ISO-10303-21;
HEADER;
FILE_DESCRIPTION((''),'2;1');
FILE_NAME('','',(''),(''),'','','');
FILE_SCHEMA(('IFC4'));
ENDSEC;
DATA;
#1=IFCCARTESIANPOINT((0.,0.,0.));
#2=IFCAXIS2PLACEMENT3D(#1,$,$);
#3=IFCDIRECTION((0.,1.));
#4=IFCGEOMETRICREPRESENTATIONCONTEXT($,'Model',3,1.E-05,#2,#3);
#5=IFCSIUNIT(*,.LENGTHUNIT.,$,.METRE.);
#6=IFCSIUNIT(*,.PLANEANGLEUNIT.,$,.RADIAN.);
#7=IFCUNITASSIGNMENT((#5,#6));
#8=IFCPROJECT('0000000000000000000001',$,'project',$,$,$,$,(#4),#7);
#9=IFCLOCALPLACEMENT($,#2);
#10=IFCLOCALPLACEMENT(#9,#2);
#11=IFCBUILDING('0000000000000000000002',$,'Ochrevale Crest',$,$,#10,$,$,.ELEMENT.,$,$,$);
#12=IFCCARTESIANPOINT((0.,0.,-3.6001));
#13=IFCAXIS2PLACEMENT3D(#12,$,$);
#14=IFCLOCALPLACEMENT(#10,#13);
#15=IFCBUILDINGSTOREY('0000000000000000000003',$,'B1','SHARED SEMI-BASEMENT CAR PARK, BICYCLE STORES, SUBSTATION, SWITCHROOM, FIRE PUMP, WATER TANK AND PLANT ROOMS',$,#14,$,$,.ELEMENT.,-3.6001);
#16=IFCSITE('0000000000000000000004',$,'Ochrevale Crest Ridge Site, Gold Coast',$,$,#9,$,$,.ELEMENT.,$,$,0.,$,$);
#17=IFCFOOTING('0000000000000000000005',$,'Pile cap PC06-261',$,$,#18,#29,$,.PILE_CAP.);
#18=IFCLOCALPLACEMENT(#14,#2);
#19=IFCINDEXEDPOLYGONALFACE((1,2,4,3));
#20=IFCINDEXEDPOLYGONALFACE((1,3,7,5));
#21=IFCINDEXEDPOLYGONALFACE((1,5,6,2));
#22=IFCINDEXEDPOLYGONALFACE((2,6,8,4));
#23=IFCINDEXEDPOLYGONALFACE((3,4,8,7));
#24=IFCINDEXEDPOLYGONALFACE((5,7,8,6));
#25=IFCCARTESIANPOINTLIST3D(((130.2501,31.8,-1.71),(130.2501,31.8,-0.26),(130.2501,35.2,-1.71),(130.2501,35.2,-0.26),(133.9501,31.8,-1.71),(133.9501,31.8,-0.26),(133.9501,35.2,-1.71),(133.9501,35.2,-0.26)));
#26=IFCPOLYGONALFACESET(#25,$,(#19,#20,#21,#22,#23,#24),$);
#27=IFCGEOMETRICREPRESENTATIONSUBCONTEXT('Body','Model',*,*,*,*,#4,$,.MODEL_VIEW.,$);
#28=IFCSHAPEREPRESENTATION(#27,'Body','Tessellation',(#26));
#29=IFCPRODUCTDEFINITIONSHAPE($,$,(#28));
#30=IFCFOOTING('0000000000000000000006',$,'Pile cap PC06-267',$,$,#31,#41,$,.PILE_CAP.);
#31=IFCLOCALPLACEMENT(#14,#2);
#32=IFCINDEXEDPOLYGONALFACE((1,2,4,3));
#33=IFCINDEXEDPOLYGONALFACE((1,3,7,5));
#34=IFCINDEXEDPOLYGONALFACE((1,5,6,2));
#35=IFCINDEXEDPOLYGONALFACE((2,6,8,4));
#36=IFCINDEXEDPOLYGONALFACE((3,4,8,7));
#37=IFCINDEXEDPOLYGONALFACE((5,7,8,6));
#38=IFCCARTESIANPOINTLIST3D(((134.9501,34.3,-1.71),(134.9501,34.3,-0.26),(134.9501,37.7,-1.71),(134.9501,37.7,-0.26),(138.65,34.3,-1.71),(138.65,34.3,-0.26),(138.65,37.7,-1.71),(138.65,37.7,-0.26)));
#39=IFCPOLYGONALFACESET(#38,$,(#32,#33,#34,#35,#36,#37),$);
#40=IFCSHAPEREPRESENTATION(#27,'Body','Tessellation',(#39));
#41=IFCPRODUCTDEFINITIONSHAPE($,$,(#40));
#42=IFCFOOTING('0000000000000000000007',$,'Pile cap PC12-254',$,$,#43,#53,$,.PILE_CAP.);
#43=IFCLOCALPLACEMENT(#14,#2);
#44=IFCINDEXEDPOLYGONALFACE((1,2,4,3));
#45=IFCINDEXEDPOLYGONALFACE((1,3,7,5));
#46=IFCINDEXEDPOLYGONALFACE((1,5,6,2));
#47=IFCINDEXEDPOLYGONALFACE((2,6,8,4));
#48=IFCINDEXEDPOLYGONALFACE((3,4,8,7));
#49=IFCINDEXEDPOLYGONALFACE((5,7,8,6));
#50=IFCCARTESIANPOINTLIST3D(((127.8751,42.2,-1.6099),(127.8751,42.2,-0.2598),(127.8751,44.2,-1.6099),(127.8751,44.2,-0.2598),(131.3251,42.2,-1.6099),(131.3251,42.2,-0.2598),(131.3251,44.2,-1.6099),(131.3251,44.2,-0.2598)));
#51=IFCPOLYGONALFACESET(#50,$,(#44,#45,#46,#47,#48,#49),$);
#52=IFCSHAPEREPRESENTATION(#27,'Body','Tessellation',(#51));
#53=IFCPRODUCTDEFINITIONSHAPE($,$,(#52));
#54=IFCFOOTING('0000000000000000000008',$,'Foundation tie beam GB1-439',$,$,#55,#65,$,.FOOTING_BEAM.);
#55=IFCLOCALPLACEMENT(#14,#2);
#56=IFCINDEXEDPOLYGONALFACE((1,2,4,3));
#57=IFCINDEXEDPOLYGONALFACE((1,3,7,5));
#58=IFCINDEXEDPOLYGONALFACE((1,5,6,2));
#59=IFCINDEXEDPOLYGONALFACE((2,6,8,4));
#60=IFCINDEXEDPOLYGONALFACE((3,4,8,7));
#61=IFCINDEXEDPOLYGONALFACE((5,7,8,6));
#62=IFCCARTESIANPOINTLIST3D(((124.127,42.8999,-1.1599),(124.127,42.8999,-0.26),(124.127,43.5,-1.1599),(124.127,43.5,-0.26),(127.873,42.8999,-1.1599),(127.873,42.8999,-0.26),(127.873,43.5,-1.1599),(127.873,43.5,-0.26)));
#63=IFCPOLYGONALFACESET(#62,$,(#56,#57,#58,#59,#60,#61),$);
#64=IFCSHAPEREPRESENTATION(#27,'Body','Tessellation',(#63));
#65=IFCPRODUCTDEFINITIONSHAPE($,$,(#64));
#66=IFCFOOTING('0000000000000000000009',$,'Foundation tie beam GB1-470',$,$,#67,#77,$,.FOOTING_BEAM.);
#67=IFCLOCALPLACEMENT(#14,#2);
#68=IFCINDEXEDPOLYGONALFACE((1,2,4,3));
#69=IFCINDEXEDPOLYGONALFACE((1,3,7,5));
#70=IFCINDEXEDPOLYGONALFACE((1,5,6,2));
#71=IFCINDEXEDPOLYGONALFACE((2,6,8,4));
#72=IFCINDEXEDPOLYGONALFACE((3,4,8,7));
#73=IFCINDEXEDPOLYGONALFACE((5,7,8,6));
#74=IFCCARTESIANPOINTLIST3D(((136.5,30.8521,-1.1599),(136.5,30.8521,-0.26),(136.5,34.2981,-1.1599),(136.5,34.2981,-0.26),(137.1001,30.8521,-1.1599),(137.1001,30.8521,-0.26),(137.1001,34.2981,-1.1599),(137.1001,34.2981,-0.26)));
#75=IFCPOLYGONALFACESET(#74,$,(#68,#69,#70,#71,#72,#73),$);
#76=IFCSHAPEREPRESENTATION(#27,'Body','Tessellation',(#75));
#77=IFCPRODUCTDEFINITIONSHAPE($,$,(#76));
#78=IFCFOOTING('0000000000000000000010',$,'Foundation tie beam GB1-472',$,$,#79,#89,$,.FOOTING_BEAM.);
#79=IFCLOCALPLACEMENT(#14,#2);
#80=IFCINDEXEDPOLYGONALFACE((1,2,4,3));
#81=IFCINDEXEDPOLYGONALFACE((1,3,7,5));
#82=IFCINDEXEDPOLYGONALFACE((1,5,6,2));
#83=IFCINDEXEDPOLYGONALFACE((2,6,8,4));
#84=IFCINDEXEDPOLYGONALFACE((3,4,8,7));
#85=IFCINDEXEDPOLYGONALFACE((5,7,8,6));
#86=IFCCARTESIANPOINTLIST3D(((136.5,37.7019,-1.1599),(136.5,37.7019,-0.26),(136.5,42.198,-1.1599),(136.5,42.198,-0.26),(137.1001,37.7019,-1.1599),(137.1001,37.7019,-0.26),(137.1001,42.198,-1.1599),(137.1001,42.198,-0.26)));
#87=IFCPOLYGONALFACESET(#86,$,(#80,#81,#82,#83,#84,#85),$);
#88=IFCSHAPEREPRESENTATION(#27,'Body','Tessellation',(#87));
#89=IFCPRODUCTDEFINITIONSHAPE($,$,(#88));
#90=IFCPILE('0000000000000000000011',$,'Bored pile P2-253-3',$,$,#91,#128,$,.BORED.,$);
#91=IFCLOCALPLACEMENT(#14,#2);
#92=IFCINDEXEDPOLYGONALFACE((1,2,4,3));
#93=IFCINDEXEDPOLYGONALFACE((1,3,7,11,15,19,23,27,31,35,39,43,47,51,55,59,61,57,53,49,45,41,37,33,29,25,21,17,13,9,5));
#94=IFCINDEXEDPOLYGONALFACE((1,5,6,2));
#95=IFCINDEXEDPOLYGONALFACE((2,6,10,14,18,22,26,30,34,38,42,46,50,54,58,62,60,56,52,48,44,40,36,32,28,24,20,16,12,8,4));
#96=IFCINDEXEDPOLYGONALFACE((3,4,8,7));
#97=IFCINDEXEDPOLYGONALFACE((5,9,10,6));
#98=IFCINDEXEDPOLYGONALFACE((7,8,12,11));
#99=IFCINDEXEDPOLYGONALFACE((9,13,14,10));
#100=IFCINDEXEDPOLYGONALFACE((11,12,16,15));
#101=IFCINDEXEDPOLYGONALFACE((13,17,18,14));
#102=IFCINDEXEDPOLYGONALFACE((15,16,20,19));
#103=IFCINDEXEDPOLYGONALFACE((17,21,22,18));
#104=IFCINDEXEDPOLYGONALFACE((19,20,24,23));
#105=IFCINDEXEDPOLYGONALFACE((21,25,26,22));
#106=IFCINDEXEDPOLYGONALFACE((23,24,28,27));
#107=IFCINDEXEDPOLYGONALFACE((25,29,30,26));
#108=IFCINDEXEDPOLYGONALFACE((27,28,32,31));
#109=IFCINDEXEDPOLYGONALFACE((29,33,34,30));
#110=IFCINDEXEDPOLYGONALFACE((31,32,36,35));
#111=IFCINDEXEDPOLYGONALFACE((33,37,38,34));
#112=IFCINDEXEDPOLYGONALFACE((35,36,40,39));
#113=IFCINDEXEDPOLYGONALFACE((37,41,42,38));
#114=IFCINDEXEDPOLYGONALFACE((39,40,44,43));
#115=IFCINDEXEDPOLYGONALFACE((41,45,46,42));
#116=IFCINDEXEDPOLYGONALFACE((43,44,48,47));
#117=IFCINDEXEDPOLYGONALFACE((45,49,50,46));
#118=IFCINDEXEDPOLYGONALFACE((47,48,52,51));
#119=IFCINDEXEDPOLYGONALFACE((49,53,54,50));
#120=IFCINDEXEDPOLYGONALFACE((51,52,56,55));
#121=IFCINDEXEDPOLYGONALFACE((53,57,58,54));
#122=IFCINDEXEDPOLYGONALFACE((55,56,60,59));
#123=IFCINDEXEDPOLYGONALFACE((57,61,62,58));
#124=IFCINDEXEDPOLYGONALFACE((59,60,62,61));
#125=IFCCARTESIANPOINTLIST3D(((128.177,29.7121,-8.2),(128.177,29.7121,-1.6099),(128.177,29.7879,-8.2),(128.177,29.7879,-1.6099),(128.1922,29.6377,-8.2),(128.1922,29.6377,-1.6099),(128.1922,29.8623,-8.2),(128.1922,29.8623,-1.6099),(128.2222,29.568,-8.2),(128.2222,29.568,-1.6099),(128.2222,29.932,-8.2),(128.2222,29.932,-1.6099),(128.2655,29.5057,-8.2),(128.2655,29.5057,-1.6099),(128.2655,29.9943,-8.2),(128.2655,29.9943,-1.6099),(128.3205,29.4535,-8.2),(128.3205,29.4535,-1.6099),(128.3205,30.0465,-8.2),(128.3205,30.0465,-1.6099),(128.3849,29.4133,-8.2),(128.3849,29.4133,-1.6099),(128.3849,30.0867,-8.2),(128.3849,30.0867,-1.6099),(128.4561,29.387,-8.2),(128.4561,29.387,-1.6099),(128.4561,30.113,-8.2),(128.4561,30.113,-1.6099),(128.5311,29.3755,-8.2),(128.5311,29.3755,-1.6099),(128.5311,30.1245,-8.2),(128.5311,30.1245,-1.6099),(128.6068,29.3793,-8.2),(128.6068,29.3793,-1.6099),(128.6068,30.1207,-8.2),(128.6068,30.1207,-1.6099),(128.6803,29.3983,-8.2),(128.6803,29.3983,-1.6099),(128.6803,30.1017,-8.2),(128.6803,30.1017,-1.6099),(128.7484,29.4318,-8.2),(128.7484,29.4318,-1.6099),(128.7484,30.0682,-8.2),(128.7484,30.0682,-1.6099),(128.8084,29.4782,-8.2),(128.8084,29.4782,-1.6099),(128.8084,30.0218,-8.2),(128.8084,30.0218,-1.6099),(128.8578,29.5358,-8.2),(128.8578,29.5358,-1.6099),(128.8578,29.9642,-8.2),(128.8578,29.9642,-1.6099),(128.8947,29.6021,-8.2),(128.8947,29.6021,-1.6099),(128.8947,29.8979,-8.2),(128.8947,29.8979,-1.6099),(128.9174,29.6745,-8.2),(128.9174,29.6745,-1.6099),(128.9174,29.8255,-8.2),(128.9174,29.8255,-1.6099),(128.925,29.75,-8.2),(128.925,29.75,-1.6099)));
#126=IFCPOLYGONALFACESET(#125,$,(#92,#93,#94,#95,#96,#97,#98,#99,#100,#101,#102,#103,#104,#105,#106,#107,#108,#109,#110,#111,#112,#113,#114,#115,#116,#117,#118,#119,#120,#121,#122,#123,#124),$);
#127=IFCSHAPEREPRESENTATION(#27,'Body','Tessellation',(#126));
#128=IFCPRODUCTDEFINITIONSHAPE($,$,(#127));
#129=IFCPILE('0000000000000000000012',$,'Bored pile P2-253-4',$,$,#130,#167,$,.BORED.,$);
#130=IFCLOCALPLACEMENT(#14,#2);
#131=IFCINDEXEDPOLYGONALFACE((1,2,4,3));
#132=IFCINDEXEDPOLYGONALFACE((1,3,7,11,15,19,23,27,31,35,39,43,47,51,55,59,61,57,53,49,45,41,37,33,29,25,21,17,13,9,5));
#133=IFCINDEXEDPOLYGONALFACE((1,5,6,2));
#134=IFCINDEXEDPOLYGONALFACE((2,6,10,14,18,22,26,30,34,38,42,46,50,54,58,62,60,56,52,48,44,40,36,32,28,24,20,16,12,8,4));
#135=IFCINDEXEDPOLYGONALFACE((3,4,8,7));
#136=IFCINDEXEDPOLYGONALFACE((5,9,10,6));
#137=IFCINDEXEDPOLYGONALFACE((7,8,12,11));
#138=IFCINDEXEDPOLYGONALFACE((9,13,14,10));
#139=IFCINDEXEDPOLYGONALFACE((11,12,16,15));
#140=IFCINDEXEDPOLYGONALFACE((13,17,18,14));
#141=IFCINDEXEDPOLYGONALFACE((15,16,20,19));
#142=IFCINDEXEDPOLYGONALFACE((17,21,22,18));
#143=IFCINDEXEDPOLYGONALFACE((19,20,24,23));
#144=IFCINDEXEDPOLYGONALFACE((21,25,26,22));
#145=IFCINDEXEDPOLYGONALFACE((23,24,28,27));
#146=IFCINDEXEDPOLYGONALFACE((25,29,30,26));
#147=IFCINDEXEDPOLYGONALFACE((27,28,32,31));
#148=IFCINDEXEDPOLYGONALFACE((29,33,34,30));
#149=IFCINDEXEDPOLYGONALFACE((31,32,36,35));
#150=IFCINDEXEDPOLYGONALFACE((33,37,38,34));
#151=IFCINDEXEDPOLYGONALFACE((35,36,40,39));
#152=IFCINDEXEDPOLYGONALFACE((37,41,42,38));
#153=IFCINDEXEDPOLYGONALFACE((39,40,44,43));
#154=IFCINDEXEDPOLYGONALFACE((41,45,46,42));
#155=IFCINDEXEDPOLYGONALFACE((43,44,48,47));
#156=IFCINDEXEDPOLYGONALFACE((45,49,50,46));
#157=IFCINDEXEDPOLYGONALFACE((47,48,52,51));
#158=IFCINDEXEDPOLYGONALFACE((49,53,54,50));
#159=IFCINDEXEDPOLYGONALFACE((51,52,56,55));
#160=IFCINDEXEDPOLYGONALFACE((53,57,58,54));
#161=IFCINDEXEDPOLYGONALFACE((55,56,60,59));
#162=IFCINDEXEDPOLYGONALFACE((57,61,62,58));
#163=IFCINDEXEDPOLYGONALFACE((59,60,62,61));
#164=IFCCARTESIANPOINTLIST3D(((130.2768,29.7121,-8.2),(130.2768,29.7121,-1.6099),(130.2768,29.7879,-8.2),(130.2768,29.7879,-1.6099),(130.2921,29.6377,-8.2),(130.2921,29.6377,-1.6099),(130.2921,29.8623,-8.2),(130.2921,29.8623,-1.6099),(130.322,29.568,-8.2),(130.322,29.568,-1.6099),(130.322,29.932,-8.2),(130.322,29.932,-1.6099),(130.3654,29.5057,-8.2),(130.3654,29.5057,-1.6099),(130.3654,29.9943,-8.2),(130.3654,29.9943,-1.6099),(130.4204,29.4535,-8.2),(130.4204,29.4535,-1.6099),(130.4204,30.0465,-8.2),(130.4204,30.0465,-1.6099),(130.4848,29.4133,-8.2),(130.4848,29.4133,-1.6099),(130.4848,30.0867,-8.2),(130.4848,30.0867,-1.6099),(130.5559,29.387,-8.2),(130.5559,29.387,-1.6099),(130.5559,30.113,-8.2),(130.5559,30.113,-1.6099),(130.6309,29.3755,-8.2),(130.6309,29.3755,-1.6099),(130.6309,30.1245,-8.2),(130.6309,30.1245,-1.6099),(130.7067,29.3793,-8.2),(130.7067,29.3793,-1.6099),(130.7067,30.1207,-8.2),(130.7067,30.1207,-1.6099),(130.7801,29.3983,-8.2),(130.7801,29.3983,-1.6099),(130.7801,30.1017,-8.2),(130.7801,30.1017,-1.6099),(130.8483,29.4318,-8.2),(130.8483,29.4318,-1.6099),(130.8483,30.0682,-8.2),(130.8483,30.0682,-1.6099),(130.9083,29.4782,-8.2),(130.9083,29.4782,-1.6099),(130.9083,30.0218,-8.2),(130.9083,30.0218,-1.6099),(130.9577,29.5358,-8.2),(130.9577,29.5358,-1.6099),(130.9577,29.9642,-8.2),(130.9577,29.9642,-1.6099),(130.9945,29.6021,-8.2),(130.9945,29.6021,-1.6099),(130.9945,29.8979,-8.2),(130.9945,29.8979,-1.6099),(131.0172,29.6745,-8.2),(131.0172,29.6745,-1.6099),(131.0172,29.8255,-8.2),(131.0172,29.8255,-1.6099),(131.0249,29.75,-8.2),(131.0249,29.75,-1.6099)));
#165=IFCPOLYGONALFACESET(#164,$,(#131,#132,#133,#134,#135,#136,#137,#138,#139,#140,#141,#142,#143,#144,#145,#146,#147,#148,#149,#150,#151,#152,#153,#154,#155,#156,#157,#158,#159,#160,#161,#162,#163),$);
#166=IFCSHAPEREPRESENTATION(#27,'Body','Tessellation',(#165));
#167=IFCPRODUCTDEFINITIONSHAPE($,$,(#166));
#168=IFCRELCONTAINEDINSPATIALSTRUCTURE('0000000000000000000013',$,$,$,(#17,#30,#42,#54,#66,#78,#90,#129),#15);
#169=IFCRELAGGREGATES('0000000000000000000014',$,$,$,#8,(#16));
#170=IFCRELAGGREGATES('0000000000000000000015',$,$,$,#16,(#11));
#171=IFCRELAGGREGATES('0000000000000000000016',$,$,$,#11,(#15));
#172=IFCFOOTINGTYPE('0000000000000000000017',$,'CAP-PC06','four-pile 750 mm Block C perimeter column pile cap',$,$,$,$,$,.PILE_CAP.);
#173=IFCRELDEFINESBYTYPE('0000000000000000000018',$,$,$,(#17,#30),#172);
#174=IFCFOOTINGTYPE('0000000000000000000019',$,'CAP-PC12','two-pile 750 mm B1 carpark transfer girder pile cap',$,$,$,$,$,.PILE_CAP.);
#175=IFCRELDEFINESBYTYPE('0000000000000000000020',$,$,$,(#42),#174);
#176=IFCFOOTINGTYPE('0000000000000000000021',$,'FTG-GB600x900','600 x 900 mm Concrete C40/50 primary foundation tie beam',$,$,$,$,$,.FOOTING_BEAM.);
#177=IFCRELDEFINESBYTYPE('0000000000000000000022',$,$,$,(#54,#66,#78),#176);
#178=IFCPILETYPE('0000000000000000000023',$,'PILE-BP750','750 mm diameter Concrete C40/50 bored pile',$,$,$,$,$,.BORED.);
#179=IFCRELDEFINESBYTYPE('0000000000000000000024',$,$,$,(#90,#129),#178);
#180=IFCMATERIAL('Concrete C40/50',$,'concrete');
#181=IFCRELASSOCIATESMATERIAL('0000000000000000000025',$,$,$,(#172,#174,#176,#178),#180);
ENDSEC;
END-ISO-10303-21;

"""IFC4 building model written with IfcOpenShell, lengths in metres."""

from ifc_helpers import new_model, si_unit, direction, frame, origin, origin_2d, place, context, subcontext, project, spatial, rectangle, circle, extrude, material, material_profile, profile_set, type_object, element, save


model = new_model("IFC4")

# Units and contexts
model_context = context("Model", 3, precision=1e-05, world=origin(), true_north=direction((0.0, 1.0)))
body_context = subcontext(model_context, "Body", "Model", "MODEL_VIEW")
ifc_project = project(units=[si_unit("LENGTHUNIT", "METRE"), si_unit("PLANEANGLEUNIT", "RADIAN")], contexts=[model_context])

# Site, building, storey
site_placement = place(None, origin())
site = spatial("IfcSite", under=ifc_project, at=site_placement, Name="Ochrevale Crest Ridge Site, Gold Coast", CompositionType="ELEMENT", RefElevation=0.0)
building_placement = place(site_placement, origin())
building = spatial("IfcBuilding", under=site, at=building_placement, Name="Ochrevale Crest", CompositionType="ELEMENT")
storey_placement = place(building_placement, frame((0.0, 0.0, -3.6001)))
storey = spatial("IfcBuildingStorey", under=building, at=storey_placement, Name="B1", Description="SHARED SEMI-BASEMENT CAR PARK, BICYCLE STORES, SUBSTATION, SWITCHROOM, FIRE PUMP, WATER TANK AND PLANT ROOMS", CompositionType="ELEMENT", Elevation=-3.6001)

# Footings
ifc_material_1 = material(Name="Concrete C40/50", Category="concrete")
footing_type_1 = type_object("IfcFootingType", Name="CAP-PC06", Description="four-pile 750 mm Block C perimeter column pile cap", PredefinedType="PILE_CAP", material=ifc_material_1)
for number, where, z_axis, x_axis, name in (
    (1, (132.1001, 33.5, -1.71), (0.0, 0.0, 1.0), (1.0, 0.0, 0.0), "Pile cap PC06-261"),
    (2, (136.8, 36.0, -1.71), (0.0, 0.0, 1.0), (1.0, 0.0, 0.0), "Pile cap PC06-267"),
):
    element("IfcFooting", number, at=place(storey_placement, frame(where, z_axis=z_axis, x_axis=x_axis)), inside=storey, type_object=footing_type_1, Name=name, PredefinedType="PILE_CAP", context=body_context, shape_type="SweptSolid", body=[
        extrude(rectangle(XDim=3.7, YDim=3.3999, at=origin_2d()), origin(), (0.0, 0.0, 1.0), 1.45),
    ])
footing_type_2 = type_object("IfcFootingType", Name="CAP-PC12", Description="two-pile 750 mm B1 carpark transfer girder pile cap", PredefinedType="PILE_CAP", material=ifc_material_1)
footing_1_placement = place(storey_placement, frame((129.6001, 43.2, -1.6099), z_axis=(0.0, 0.0, 1.0), x_axis=(1.0, 0.0, 0.0)))
element("IfcFooting", 3, at=footing_1_placement, inside=storey, type_object=footing_type_2, Name="Pile cap PC12-254", PredefinedType="PILE_CAP", context=body_context, shape_type="SweptSolid", body=[
    extrude(rectangle(XDim=3.45, YDim=2.0, at=origin_2d()), origin(), (0.0, 0.0, 1.0), 1.3501),
])
ifc_material_profile_1 = material_profile(ifc_material_1, rectangle(XDim=0.6001, YDim=0.8999, at=origin_2d()), Name="GB 600x900")
ifc_profile_set_1 = profile_set([ifc_material_profile_1], Name="Concrete C40/50")
footing_type_3 = type_object("IfcFootingType", Name="FTG-GB600x900", Description="600 x 900 mm Concrete C40/50 primary foundation tie beam", PredefinedType="FOOTING_BEAM", material=ifc_profile_set_1)
footing_2_placement = place(storey_placement, frame((124.127, 43.2, -0.71), z_axis=(1.0, 0.0, 0.0), x_axis=(0.0, 1.0, 0.0)))
element("IfcFooting", 4, at=footing_2_placement, inside=storey, type_object=footing_type_3, Name="Foundation tie beam GB1-439", PredefinedType="FOOTING_BEAM", context=body_context, shape_type="SweptSolid", body=[
    extrude(rectangle(XDim=0.6001, YDim=0.8999, at=origin_2d()), origin(), (0.0, 0.0, 1.0), 3.7461),
])
footing_3_placement = place(storey_placement, frame((136.8, 30.8521, -0.71), z_axis=(0.0, 1.0, 0.0), x_axis=(-1.0, 0.0, 0.0)))
element("IfcFooting", 5, at=footing_3_placement, inside=storey, type_object=footing_type_3, Name="Foundation tie beam GB1-470", PredefinedType="FOOTING_BEAM", context=body_context, shape_type="SweptSolid", body=[
    extrude(rectangle(XDim=0.6001, YDim=0.8999, at=origin_2d()), origin(), (0.0, 0.0, 1.0), 3.446),
])
footing_4_placement = place(storey_placement, frame((136.8, 37.7019, -0.71), z_axis=(0.0, 1.0, 0.0), x_axis=(-1.0, 0.0, 0.0)))
element("IfcFooting", 6, at=footing_4_placement, inside=storey, type_object=footing_type_3, Name="Foundation tie beam GB1-472", PredefinedType="FOOTING_BEAM", context=body_context, shape_type="SweptSolid", body=[
    extrude(rectangle(XDim=0.6001, YDim=0.8999, at=origin_2d()), origin(), (0.0, 0.0, 1.0), 4.4961),
])

# Piles
ifc_material_profile_2 = material_profile(ifc_material_1, circle(Radius=0.375, at=origin_2d()), Name="BORED PILE 750")
ifc_profile_set_2 = profile_set([ifc_material_profile_2], Name="Concrete C40/50")
pile_type_1 = type_object("IfcPileType", Name="PILE-BP750", Description="750 mm diameter Concrete C40/50 bored pile", PredefinedType="BORED", material=ifc_profile_set_2)
for number, where, z_axis, x_axis, name in (
    (7, (128.55, 29.75, -1.6099), (0.0, 0.0, -1.0), (1.0, 0.0, 0.0), "Bored pile P2-253-3"),
    (8, (130.6499, 29.75, -1.6099), (0.0, 0.0, -1.0), (1.0, 0.0, 0.0), "Bored pile P2-253-4"),
):
    element("IfcPile", number, at=place(storey_placement, frame(where, z_axis=z_axis, x_axis=x_axis)), inside=storey, type_object=pile_type_1, Name=name, PredefinedType="BORED", context=body_context, shape_type="SweptSolid", body=[
        extrude(circle(Radius=0.375, at=origin_2d()), origin(), (0.0, 0.0, 1.0), 6.5901),
    ])

save(model, "model.ifc")
